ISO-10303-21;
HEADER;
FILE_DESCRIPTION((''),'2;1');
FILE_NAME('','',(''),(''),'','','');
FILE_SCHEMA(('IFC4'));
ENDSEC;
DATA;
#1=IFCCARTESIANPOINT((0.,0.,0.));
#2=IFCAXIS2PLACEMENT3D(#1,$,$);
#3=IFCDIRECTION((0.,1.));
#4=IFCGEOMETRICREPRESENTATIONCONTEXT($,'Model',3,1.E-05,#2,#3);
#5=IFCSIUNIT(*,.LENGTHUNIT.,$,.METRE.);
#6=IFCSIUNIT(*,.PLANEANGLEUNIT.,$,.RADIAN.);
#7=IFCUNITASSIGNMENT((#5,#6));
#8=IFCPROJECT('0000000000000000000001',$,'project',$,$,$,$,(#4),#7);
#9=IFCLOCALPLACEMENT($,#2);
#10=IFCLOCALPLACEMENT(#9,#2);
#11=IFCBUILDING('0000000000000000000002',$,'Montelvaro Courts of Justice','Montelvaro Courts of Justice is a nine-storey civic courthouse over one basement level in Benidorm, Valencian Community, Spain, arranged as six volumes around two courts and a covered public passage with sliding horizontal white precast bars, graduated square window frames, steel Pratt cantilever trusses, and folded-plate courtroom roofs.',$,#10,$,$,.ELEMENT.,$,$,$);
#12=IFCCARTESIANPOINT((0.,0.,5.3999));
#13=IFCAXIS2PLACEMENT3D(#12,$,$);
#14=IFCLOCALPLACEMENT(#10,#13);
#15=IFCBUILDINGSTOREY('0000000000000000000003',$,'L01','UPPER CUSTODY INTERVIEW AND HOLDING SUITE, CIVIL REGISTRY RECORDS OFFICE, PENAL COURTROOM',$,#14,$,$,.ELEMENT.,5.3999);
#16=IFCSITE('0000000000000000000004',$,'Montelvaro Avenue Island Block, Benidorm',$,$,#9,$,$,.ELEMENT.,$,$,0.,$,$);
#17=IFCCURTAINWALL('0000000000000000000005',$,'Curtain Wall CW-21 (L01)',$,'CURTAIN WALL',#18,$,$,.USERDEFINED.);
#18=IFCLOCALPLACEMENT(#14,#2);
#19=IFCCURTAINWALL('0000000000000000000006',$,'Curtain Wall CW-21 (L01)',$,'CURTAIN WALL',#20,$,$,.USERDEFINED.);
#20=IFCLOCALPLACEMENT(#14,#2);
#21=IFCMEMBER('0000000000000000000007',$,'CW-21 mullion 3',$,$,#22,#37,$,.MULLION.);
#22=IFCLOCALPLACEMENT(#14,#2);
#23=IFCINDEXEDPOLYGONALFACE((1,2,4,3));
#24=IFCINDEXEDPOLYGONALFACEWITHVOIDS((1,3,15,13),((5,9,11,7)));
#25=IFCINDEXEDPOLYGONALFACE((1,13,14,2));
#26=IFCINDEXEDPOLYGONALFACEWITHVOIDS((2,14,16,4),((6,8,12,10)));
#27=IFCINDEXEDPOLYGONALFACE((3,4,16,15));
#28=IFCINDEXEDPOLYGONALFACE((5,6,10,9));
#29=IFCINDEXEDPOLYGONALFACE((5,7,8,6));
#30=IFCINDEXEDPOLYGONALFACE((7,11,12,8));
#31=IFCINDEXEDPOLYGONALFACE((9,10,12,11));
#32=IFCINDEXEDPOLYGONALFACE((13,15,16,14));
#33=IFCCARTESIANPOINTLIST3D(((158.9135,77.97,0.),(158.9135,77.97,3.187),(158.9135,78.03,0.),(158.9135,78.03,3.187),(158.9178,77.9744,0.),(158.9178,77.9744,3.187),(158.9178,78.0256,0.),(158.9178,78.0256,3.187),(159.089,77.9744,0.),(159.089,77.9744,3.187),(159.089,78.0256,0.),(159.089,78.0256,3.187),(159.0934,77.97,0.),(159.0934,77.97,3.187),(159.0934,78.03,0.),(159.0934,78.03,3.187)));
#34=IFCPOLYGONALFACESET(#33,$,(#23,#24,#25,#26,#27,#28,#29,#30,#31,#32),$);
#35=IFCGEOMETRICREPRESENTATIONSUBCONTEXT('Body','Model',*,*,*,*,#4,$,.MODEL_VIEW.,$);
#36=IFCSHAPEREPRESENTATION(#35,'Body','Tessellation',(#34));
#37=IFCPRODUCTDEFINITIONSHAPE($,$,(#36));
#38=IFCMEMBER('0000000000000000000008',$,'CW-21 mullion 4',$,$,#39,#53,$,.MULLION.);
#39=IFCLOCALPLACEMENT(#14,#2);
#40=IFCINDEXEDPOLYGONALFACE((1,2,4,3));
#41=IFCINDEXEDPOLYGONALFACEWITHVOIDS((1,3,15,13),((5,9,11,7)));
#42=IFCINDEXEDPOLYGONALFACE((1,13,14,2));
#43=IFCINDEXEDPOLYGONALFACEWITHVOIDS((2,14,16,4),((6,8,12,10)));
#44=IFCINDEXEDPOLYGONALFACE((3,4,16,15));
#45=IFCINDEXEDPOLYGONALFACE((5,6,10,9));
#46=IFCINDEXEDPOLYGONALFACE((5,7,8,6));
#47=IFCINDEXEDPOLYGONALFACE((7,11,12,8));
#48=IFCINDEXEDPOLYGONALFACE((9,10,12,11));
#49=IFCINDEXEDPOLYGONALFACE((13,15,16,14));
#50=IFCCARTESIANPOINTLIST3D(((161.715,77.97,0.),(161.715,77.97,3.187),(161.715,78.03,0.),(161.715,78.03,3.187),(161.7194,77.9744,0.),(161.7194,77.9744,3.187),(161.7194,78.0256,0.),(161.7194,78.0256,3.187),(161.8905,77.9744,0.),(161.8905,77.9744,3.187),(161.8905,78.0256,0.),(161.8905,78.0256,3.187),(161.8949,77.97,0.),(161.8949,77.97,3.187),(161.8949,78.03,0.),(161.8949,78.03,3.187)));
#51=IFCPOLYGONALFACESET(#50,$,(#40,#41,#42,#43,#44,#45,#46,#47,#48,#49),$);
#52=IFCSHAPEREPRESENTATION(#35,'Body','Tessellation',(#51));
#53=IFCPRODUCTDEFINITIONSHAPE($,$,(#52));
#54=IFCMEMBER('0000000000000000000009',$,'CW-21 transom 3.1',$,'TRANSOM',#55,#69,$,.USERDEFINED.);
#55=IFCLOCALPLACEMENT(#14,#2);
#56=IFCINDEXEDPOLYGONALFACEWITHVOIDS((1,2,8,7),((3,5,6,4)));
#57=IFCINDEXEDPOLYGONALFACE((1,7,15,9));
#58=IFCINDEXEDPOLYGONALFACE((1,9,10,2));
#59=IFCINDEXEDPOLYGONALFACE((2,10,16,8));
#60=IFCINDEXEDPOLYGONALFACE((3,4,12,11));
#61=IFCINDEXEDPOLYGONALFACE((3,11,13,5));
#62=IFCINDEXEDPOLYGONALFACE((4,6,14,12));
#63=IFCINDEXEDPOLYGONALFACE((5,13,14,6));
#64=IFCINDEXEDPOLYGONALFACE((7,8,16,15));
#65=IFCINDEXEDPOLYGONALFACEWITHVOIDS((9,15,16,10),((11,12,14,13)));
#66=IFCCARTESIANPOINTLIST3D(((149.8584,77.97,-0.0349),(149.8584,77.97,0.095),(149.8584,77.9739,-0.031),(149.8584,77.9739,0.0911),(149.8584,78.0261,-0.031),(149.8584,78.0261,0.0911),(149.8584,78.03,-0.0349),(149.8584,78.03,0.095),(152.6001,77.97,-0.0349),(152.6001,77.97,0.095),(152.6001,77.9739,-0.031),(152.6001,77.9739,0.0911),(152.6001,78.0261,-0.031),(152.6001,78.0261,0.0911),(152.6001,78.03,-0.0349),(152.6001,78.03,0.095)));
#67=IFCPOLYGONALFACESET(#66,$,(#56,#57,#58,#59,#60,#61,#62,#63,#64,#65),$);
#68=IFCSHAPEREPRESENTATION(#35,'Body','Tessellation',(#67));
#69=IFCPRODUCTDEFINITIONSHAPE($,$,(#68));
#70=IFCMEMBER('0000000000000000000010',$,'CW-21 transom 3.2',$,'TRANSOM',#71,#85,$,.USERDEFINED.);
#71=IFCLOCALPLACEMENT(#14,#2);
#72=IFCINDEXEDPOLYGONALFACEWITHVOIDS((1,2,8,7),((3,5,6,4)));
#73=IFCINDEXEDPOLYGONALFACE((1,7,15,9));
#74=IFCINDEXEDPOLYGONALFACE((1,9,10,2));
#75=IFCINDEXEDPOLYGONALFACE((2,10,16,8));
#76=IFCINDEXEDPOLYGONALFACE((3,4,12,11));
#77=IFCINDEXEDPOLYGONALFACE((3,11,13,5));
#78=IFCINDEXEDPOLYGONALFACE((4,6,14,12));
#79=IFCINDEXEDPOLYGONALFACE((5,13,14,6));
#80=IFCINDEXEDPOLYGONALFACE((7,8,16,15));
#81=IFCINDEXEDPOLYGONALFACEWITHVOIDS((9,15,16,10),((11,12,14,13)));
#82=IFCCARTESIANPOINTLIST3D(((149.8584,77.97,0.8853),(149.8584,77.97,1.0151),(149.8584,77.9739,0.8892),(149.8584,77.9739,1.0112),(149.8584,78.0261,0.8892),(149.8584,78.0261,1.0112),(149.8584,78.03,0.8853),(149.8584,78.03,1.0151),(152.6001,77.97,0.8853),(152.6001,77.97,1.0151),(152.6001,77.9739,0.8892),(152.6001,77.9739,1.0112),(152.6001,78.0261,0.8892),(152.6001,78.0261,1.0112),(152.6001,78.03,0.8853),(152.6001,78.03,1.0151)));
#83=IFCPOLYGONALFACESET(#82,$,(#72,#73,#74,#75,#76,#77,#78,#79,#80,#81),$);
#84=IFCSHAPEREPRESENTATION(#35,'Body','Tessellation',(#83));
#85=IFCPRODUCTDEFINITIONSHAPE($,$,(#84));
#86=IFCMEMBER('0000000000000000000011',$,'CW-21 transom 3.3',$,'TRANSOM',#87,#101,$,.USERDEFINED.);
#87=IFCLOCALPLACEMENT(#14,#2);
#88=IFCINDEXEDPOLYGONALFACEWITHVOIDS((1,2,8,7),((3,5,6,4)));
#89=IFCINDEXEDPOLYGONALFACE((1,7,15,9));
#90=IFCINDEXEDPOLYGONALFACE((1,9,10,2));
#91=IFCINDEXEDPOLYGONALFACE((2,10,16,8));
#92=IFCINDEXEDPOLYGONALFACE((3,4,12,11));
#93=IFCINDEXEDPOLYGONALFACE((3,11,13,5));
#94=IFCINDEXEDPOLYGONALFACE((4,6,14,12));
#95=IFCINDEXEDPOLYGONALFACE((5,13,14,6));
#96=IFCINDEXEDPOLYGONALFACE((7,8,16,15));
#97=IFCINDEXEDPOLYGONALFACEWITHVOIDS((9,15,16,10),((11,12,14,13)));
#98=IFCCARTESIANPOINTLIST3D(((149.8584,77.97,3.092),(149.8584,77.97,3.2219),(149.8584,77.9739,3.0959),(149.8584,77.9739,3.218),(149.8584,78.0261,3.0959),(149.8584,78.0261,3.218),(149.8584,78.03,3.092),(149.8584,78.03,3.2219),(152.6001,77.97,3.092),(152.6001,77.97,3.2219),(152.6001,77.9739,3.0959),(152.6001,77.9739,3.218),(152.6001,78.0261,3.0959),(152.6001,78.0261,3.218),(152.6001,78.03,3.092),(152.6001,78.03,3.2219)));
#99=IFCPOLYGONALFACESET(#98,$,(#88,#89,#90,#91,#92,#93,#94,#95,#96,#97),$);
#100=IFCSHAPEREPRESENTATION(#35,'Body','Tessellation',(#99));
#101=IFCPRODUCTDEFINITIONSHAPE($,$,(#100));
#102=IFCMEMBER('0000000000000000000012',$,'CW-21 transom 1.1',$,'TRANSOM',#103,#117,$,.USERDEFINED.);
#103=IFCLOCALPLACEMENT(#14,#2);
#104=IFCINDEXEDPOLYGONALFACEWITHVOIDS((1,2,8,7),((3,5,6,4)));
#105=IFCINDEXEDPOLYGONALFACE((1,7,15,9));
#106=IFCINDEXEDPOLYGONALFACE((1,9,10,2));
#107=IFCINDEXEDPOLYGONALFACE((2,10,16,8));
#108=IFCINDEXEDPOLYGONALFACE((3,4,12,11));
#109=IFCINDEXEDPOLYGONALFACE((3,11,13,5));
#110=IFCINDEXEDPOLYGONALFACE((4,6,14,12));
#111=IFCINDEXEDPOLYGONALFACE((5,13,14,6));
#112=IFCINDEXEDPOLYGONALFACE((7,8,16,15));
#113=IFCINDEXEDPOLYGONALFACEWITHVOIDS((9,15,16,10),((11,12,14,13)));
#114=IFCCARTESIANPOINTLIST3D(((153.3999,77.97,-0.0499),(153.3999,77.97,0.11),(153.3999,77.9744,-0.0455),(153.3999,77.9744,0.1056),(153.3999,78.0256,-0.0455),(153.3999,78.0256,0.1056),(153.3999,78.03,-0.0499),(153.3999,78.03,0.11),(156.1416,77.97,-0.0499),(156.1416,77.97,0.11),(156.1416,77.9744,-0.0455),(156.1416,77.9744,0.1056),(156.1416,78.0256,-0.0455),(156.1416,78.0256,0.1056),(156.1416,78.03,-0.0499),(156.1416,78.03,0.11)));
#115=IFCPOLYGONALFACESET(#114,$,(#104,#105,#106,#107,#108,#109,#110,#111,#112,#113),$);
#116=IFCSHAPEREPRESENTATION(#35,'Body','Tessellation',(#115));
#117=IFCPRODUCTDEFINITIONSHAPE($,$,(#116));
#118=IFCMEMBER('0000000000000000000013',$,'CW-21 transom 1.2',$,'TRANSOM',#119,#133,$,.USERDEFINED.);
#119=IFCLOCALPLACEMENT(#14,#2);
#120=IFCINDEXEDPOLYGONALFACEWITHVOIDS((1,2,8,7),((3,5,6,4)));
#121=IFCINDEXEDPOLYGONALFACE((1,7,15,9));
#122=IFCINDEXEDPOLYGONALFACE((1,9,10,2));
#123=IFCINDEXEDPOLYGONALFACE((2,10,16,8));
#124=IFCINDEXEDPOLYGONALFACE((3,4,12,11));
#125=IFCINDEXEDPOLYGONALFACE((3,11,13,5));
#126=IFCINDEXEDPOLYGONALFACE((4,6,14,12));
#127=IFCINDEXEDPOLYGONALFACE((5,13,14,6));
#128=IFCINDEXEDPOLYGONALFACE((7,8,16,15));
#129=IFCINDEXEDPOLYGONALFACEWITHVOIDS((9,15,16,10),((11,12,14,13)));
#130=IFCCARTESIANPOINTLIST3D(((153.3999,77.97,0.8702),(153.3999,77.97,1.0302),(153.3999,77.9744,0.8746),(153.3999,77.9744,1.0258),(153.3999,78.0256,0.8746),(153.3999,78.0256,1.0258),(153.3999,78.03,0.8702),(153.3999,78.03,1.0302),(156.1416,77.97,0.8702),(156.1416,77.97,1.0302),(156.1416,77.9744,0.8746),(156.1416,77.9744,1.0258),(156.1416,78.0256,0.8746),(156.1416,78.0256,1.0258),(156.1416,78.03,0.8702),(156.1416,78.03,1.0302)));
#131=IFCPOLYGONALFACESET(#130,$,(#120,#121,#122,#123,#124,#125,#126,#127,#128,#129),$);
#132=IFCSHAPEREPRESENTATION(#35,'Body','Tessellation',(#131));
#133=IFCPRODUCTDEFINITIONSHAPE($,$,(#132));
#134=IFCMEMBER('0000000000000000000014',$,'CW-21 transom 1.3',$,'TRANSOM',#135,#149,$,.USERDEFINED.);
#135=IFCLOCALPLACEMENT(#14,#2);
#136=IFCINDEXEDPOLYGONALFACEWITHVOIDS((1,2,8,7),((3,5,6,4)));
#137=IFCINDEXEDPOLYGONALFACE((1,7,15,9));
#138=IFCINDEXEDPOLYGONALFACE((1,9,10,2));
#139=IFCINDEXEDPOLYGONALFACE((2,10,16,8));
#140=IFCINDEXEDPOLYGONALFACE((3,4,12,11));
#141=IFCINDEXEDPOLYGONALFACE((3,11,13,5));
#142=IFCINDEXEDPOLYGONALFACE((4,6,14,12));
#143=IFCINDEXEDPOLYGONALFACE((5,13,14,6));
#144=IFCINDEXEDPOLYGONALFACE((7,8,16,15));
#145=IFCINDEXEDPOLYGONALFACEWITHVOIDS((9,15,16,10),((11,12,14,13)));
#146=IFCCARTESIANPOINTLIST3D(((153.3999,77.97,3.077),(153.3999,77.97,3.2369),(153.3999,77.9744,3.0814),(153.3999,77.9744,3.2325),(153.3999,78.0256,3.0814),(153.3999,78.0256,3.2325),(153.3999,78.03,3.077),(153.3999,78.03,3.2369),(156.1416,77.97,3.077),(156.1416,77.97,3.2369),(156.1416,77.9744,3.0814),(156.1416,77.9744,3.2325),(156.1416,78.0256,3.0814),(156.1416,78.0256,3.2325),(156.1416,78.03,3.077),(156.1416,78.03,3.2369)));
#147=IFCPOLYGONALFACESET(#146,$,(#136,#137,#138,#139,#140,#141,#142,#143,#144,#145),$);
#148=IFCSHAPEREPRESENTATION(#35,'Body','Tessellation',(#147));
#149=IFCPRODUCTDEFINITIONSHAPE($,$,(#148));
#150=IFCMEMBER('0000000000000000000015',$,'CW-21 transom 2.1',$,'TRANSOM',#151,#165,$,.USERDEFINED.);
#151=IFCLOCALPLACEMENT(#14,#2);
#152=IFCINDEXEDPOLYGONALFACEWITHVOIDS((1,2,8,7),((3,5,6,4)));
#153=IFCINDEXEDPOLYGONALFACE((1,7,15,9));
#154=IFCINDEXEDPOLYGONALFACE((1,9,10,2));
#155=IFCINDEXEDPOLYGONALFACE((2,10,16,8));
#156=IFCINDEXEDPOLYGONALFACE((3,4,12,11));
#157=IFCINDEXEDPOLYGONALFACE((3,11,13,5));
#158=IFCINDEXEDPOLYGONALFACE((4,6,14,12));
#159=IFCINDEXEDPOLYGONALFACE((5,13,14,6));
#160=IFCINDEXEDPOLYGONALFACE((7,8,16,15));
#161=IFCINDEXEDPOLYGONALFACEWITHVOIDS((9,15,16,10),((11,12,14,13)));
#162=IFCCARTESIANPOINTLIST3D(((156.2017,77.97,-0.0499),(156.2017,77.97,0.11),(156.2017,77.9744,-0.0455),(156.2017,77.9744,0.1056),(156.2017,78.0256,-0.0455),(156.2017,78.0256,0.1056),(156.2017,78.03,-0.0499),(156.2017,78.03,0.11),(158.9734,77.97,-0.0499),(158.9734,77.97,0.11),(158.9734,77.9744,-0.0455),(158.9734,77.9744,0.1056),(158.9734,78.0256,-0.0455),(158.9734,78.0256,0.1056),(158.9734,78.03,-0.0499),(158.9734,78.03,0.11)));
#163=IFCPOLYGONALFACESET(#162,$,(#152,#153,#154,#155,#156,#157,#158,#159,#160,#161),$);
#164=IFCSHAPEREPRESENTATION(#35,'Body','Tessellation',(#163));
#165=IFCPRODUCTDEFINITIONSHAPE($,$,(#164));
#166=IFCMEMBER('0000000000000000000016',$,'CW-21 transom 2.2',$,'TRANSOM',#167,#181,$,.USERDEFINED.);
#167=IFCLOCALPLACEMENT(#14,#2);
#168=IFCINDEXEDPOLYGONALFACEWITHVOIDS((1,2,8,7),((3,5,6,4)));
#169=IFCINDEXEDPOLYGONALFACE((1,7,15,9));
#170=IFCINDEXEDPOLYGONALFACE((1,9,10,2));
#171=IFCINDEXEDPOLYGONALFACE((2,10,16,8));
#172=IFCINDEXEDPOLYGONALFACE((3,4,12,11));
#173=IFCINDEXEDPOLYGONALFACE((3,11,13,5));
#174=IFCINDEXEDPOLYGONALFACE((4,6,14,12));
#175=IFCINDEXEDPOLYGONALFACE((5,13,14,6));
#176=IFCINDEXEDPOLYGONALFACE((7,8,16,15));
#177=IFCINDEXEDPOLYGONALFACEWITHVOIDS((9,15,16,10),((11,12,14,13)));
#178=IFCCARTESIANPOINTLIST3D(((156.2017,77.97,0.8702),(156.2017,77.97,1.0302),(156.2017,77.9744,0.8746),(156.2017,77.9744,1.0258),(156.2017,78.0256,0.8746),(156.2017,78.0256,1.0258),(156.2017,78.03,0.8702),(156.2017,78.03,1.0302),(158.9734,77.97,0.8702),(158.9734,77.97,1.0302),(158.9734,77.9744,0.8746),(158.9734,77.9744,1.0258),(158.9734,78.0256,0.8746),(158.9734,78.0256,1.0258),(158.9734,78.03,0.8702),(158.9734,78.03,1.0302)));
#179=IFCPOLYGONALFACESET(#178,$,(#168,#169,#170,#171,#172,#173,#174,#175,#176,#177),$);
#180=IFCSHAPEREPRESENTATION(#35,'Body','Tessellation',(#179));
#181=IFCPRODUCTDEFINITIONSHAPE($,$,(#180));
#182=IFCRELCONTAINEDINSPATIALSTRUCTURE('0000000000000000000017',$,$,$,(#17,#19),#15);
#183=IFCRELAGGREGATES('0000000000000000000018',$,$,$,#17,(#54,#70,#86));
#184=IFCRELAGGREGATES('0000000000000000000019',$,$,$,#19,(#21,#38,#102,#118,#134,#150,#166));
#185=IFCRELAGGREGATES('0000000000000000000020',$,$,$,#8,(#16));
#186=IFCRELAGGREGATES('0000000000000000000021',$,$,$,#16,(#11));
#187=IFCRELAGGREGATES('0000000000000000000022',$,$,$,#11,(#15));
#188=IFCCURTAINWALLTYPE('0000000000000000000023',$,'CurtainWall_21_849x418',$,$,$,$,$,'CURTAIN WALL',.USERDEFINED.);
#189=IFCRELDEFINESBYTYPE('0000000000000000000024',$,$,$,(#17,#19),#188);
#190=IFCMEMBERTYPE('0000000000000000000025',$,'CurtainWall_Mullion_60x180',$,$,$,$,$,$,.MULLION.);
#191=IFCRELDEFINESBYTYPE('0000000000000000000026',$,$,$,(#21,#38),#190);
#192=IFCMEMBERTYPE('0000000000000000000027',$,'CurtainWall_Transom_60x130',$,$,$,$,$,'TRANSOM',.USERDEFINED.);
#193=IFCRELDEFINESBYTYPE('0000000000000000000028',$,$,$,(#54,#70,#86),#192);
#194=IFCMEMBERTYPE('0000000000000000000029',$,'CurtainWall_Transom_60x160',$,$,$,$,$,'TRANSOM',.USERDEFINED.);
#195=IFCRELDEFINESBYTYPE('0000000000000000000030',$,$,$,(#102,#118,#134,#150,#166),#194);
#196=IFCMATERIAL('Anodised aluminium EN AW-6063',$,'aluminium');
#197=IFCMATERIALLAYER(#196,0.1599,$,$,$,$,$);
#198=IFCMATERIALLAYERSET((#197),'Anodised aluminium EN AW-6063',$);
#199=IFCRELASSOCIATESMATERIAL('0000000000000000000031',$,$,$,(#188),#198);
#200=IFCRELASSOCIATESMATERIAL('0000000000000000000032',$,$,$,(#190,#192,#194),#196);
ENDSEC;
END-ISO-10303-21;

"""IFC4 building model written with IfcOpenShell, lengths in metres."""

from ifc_helpers import new_model, si_unit, direction, frame, origin, origin_2d, place, context, subcontext, project, spatial, hollow_rectangle, extrude, material, layer, layer_set, material_profile, profile_set, type_object, element, aggregate, save


model = new_model("IFC4")

# Units and contexts
model_context = context("Model", 3, precision=1e-05, world=origin(), true_north=direction((0.0, 1.0)))
body_context = subcontext(model_context, "Body", "Model", "MODEL_VIEW")
ifc_project = project(units=[si_unit("LENGTHUNIT", "METRE"), si_unit("PLANEANGLEUNIT", "RADIAN")], contexts=[model_context])

# Site, building, storey
site_placement = place(None, origin())
site = spatial("IfcSite", under=ifc_project, at=site_placement, Name="Montelvaro Avenue Island Block, Benidorm", CompositionType="ELEMENT", RefElevation=0.0)
building_placement = place(site_placement, origin())
building = spatial("IfcBuilding", under=site, at=building_placement, Name="Montelvaro Courts of Justice", Description="Montelvaro Courts of Justice is a nine-storey civic courthouse over one basement level in Benidorm, Valencian Community, Spain, arranged as six volumes around two courts and a covered public passage with sliding horizontal white precast bars, graduated square window frames, steel Pratt cantilever trusses, and folded-plate courtroom roofs.", CompositionType="ELEMENT")
storey_placement = place(building_placement, frame((0.0, 0.0, 5.3999)))
storey = spatial("IfcBuildingStorey", under=building, at=storey_placement, Name="L01", Description="UPPER CUSTODY INTERVIEW AND HOLDING SUITE, CIVIL REGISTRY RECORDS OFFICE, PENAL COURTROOM", CompositionType="ELEMENT", Elevation=5.3999)

# Curtain walls, members
ifc_material_1 = material(Name="Anodised aluminium EN AW-6063", Category="aluminium")
ifc_layer_1 = layer(ifc_material_1, 0.1599)
ifc_layer_set_1 = layer_set([ifc_layer_1], Name="Anodised aluminium EN AW-6063")
curtain_wall_type = type_object("IfcCurtainWallType", Name="CurtainWall_21_849x418", ElementType="CURTAIN WALL", PredefinedType="USERDEFINED", material=ifc_layer_set_1)
curtain_wall_1_placement = place(storey_placement, origin())
curtain_wall_1 = element("IfcCurtainWall", 1, at=curtain_wall_1_placement, inside=storey, type_object=curtain_wall_type, Name="Curtain Wall CW-21 (L01)", ObjectType="CURTAIN WALL", PredefinedType="USERDEFINED")
curtain_wall_2_placement = place(storey_placement, origin())
curtain_wall_2 = element("IfcCurtainWall", 2, at=curtain_wall_2_placement, inside=storey, type_object=curtain_wall_type, Name="Curtain Wall CW-21 (L01)", ObjectType="CURTAIN WALL", PredefinedType="USERDEFINED")
ifc_material_profile_1 = material_profile(ifc_material_1, hollow_rectangle(XDim=0.0601, YDim=0.1799, WallThickness=0.0044, at=origin_2d()), Name="ALU-M 60x180")
ifc_profile_set_1 = profile_set([ifc_material_profile_1], Name="Anodised aluminium EN AW-6063")
member_type_1 = type_object("IfcMemberType", Name="CurtainWall_Mullion_60x180", PredefinedType="MULLION", material=ifc_profile_set_1)
member_1_placement = place(storey_placement, frame((159.0034, 78.0, 0.0), z_axis=(0.0, 0.0, 1.0), x_axis=(0.0, 1.0, 0.0)))
member_1 = element("IfcMember", 3, at=member_1_placement, type_object=member_type_1, Name="CW-21 mullion 3", PredefinedType="MULLION", context=body_context, shape_type="SweptSolid", body=[
    extrude(hollow_rectangle(XDim=0.0601, YDim=0.1799, WallThickness=0.0044, at=origin_2d()), origin(), (0.0, 0.0, 1.0), 3.187),
])
member_2_placement = place(storey_placement, frame((161.8049, 78.0, 0.0), z_axis=(0.0, 0.0, 1.0), x_axis=(0.0, 1.0, 0.0)))
member_2 = element("IfcMember", 4, at=member_2_placement, type_object=member_type_1, Name="CW-21 mullion 4", PredefinedType="MULLION", context=body_context, shape_type="SweptSolid", body=[
    extrude(hollow_rectangle(XDim=0.0601, YDim=0.1799, WallThickness=0.0044, at=origin_2d()), origin(), (0.0, 0.0, 1.0), 3.187),
])

# Members
ifc_material_profile_2 = material_profile(ifc_material_1, hollow_rectangle(XDim=0.0601, YDim=0.1299, WallThickness=0.0039, at=origin_2d()), Name="ALU-T 60x130")
ifc_profile_set_2 = profile_set([ifc_material_profile_2], Name="Anodised aluminium EN AW-6063")
member_type_2 = type_object("IfcMemberType", Name="CurtainWall_Transom_60x130", ElementType="TRANSOM", PredefinedType="USERDEFINED", material=ifc_profile_set_2)
member_3_placement = place(storey_placement, frame((149.8584, 78.0, 0.03), z_axis=(1.0, 0.0, 0.0), x_axis=(0.0, 1.0, 0.0)))
member_3 = element("IfcMember", 5, at=member_3_placement, type_object=member_type_2, Name="CW-21 transom 3.1", ObjectType="TRANSOM", PredefinedType="USERDEFINED", context=body_context, shape_type="SweptSolid", body=[
    extrude(hollow_rectangle(XDim=0.0601, YDim=0.1299, WallThickness=0.0039, at=origin_2d()), origin(), (0.0, 0.0, 1.0), 2.7417),
])
member_4_placement = place(storey_placement, frame((149.8584, 78.0, 0.9502), z_axis=(1.0, 0.0, 0.0), x_axis=(0.0, 1.0, 0.0)))
member_4 = element("IfcMember", 6, at=member_4_placement, type_object=member_type_2, Name="CW-21 transom 3.2", ObjectType="TRANSOM", PredefinedType="USERDEFINED", context=body_context, shape_type="SweptSolid", body=[
    extrude(hollow_rectangle(XDim=0.0601, YDim=0.1299, WallThickness=0.0039, at=origin_2d()), origin(), (0.0, 0.0, 1.0), 2.7417),
])
member_5_placement = place(storey_placement, frame((149.8584, 78.0, 3.157), z_axis=(1.0, 0.0, 0.0), x_axis=(0.0, 1.0, 0.0)))
member_5 = element("IfcMember", 7, at=member_5_placement, type_object=member_type_2, Name="CW-21 transom 3.3", ObjectType="TRANSOM", PredefinedType="USERDEFINED", context=body_context, shape_type="SweptSolid", body=[
    extrude(hollow_rectangle(XDim=0.0601, YDim=0.1299, WallThickness=0.0039, at=origin_2d()), origin(), (0.0, 0.0, 1.0), 2.7417),
])
ifc_material_profile_3 = material_profile(ifc_material_1, hollow_rectangle(XDim=0.0601, YDim=0.1599, WallThickness=0.0044, at=origin_2d()), Name="ALU-T 60x160")
ifc_profile_set_3 = profile_set([ifc_material_profile_3], Name="Anodised aluminium EN AW-6063")
member_type_3 = type_object("IfcMemberType", Name="CurtainWall_Transom_60x160", ElementType="TRANSOM", PredefinedType="USERDEFINED", material=ifc_profile_set_3)
member_6_placement = place(storey_placement, frame((153.3999, 78.0, 0.03), z_axis=(1.0, 0.0, 0.0), x_axis=(0.0, 1.0, 0.0)))
member_6 = element("IfcMember", 8, at=member_6_placement, type_object=member_type_3, Name="CW-21 transom 1.1", ObjectType="TRANSOM", PredefinedType="USERDEFINED", context=body_context, shape_type="SweptSolid", body=[
    extrude(hollow_rectangle(XDim=0.0601, YDim=0.1599, WallThickness=0.0044, at=origin_2d()), origin(), (0.0, 0.0, 1.0), 2.7417),
])
member_7_placement = place(storey_placement, frame((153.3999, 78.0, 0.9502), z_axis=(1.0, 0.0, 0.0), x_axis=(0.0, 1.0, 0.0)))
member_7 = element("IfcMember", 9, at=member_7_placement, type_object=member_type_3, Name="CW-21 transom 1.2", ObjectType="TRANSOM", PredefinedType="USERDEFINED", context=body_context, shape_type="SweptSolid", body=[
    extrude(hollow_rectangle(XDim=0.0601, YDim=0.1599, WallThickness=0.0044, at=origin_2d()), origin(), (0.0, 0.0, 1.0), 2.7417),
])
member_8_placement = place(storey_placement, frame((153.3999, 78.0, 3.157), z_axis=(1.0, 0.0, 0.0), x_axis=(0.0, 1.0, 0.0)))
member_8 = element("IfcMember", 10, at=member_8_placement, type_object=member_type_3, Name="CW-21 transom 1.3", ObjectType="TRANSOM", PredefinedType="USERDEFINED", context=body_context, shape_type="SweptSolid", body=[
    extrude(hollow_rectangle(XDim=0.0601, YDim=0.1599, WallThickness=0.0044, at=origin_2d()), origin(), (0.0, 0.0, 1.0), 2.7417),
])
member_9_placement = place(storey_placement, frame((156.2017, 78.0, 0.03), z_axis=(1.0, 0.0, 0.0), x_axis=(0.0, 1.0, 0.0)))
member_9 = element("IfcMember", 11, at=member_9_placement, type_object=member_type_3, Name="CW-21 transom 2.1", ObjectType="TRANSOM", PredefinedType="USERDEFINED", context=body_context, shape_type="SweptSolid", body=[
    extrude(hollow_rectangle(XDim=0.0601, YDim=0.1599, WallThickness=0.0044, at=origin_2d()), origin(), (0.0, 0.0, 1.0), 2.7717),
])
member_10_placement = place(storey_placement, frame((156.2017, 78.0, 0.9502), z_axis=(1.0, 0.0, 0.0), x_axis=(0.0, 1.0, 0.0)))
member_10 = element("IfcMember", 12, at=member_10_placement, type_object=member_type_3, Name="CW-21 transom 2.2", ObjectType="TRANSOM", PredefinedType="USERDEFINED", context=body_context, shape_type="SweptSolid", body=[
    extrude(hollow_rectangle(XDim=0.0601, YDim=0.1599, WallThickness=0.0044, at=origin_2d()), origin(), (0.0, 0.0, 1.0), 2.7717),
])

aggregate(curtain_wall_1, [member_3, member_4, member_5])
aggregate(curtain_wall_2, [member_1, member_2, member_6, member_7, member_8, member_9, member_10])

save(model, "model.ifc")
